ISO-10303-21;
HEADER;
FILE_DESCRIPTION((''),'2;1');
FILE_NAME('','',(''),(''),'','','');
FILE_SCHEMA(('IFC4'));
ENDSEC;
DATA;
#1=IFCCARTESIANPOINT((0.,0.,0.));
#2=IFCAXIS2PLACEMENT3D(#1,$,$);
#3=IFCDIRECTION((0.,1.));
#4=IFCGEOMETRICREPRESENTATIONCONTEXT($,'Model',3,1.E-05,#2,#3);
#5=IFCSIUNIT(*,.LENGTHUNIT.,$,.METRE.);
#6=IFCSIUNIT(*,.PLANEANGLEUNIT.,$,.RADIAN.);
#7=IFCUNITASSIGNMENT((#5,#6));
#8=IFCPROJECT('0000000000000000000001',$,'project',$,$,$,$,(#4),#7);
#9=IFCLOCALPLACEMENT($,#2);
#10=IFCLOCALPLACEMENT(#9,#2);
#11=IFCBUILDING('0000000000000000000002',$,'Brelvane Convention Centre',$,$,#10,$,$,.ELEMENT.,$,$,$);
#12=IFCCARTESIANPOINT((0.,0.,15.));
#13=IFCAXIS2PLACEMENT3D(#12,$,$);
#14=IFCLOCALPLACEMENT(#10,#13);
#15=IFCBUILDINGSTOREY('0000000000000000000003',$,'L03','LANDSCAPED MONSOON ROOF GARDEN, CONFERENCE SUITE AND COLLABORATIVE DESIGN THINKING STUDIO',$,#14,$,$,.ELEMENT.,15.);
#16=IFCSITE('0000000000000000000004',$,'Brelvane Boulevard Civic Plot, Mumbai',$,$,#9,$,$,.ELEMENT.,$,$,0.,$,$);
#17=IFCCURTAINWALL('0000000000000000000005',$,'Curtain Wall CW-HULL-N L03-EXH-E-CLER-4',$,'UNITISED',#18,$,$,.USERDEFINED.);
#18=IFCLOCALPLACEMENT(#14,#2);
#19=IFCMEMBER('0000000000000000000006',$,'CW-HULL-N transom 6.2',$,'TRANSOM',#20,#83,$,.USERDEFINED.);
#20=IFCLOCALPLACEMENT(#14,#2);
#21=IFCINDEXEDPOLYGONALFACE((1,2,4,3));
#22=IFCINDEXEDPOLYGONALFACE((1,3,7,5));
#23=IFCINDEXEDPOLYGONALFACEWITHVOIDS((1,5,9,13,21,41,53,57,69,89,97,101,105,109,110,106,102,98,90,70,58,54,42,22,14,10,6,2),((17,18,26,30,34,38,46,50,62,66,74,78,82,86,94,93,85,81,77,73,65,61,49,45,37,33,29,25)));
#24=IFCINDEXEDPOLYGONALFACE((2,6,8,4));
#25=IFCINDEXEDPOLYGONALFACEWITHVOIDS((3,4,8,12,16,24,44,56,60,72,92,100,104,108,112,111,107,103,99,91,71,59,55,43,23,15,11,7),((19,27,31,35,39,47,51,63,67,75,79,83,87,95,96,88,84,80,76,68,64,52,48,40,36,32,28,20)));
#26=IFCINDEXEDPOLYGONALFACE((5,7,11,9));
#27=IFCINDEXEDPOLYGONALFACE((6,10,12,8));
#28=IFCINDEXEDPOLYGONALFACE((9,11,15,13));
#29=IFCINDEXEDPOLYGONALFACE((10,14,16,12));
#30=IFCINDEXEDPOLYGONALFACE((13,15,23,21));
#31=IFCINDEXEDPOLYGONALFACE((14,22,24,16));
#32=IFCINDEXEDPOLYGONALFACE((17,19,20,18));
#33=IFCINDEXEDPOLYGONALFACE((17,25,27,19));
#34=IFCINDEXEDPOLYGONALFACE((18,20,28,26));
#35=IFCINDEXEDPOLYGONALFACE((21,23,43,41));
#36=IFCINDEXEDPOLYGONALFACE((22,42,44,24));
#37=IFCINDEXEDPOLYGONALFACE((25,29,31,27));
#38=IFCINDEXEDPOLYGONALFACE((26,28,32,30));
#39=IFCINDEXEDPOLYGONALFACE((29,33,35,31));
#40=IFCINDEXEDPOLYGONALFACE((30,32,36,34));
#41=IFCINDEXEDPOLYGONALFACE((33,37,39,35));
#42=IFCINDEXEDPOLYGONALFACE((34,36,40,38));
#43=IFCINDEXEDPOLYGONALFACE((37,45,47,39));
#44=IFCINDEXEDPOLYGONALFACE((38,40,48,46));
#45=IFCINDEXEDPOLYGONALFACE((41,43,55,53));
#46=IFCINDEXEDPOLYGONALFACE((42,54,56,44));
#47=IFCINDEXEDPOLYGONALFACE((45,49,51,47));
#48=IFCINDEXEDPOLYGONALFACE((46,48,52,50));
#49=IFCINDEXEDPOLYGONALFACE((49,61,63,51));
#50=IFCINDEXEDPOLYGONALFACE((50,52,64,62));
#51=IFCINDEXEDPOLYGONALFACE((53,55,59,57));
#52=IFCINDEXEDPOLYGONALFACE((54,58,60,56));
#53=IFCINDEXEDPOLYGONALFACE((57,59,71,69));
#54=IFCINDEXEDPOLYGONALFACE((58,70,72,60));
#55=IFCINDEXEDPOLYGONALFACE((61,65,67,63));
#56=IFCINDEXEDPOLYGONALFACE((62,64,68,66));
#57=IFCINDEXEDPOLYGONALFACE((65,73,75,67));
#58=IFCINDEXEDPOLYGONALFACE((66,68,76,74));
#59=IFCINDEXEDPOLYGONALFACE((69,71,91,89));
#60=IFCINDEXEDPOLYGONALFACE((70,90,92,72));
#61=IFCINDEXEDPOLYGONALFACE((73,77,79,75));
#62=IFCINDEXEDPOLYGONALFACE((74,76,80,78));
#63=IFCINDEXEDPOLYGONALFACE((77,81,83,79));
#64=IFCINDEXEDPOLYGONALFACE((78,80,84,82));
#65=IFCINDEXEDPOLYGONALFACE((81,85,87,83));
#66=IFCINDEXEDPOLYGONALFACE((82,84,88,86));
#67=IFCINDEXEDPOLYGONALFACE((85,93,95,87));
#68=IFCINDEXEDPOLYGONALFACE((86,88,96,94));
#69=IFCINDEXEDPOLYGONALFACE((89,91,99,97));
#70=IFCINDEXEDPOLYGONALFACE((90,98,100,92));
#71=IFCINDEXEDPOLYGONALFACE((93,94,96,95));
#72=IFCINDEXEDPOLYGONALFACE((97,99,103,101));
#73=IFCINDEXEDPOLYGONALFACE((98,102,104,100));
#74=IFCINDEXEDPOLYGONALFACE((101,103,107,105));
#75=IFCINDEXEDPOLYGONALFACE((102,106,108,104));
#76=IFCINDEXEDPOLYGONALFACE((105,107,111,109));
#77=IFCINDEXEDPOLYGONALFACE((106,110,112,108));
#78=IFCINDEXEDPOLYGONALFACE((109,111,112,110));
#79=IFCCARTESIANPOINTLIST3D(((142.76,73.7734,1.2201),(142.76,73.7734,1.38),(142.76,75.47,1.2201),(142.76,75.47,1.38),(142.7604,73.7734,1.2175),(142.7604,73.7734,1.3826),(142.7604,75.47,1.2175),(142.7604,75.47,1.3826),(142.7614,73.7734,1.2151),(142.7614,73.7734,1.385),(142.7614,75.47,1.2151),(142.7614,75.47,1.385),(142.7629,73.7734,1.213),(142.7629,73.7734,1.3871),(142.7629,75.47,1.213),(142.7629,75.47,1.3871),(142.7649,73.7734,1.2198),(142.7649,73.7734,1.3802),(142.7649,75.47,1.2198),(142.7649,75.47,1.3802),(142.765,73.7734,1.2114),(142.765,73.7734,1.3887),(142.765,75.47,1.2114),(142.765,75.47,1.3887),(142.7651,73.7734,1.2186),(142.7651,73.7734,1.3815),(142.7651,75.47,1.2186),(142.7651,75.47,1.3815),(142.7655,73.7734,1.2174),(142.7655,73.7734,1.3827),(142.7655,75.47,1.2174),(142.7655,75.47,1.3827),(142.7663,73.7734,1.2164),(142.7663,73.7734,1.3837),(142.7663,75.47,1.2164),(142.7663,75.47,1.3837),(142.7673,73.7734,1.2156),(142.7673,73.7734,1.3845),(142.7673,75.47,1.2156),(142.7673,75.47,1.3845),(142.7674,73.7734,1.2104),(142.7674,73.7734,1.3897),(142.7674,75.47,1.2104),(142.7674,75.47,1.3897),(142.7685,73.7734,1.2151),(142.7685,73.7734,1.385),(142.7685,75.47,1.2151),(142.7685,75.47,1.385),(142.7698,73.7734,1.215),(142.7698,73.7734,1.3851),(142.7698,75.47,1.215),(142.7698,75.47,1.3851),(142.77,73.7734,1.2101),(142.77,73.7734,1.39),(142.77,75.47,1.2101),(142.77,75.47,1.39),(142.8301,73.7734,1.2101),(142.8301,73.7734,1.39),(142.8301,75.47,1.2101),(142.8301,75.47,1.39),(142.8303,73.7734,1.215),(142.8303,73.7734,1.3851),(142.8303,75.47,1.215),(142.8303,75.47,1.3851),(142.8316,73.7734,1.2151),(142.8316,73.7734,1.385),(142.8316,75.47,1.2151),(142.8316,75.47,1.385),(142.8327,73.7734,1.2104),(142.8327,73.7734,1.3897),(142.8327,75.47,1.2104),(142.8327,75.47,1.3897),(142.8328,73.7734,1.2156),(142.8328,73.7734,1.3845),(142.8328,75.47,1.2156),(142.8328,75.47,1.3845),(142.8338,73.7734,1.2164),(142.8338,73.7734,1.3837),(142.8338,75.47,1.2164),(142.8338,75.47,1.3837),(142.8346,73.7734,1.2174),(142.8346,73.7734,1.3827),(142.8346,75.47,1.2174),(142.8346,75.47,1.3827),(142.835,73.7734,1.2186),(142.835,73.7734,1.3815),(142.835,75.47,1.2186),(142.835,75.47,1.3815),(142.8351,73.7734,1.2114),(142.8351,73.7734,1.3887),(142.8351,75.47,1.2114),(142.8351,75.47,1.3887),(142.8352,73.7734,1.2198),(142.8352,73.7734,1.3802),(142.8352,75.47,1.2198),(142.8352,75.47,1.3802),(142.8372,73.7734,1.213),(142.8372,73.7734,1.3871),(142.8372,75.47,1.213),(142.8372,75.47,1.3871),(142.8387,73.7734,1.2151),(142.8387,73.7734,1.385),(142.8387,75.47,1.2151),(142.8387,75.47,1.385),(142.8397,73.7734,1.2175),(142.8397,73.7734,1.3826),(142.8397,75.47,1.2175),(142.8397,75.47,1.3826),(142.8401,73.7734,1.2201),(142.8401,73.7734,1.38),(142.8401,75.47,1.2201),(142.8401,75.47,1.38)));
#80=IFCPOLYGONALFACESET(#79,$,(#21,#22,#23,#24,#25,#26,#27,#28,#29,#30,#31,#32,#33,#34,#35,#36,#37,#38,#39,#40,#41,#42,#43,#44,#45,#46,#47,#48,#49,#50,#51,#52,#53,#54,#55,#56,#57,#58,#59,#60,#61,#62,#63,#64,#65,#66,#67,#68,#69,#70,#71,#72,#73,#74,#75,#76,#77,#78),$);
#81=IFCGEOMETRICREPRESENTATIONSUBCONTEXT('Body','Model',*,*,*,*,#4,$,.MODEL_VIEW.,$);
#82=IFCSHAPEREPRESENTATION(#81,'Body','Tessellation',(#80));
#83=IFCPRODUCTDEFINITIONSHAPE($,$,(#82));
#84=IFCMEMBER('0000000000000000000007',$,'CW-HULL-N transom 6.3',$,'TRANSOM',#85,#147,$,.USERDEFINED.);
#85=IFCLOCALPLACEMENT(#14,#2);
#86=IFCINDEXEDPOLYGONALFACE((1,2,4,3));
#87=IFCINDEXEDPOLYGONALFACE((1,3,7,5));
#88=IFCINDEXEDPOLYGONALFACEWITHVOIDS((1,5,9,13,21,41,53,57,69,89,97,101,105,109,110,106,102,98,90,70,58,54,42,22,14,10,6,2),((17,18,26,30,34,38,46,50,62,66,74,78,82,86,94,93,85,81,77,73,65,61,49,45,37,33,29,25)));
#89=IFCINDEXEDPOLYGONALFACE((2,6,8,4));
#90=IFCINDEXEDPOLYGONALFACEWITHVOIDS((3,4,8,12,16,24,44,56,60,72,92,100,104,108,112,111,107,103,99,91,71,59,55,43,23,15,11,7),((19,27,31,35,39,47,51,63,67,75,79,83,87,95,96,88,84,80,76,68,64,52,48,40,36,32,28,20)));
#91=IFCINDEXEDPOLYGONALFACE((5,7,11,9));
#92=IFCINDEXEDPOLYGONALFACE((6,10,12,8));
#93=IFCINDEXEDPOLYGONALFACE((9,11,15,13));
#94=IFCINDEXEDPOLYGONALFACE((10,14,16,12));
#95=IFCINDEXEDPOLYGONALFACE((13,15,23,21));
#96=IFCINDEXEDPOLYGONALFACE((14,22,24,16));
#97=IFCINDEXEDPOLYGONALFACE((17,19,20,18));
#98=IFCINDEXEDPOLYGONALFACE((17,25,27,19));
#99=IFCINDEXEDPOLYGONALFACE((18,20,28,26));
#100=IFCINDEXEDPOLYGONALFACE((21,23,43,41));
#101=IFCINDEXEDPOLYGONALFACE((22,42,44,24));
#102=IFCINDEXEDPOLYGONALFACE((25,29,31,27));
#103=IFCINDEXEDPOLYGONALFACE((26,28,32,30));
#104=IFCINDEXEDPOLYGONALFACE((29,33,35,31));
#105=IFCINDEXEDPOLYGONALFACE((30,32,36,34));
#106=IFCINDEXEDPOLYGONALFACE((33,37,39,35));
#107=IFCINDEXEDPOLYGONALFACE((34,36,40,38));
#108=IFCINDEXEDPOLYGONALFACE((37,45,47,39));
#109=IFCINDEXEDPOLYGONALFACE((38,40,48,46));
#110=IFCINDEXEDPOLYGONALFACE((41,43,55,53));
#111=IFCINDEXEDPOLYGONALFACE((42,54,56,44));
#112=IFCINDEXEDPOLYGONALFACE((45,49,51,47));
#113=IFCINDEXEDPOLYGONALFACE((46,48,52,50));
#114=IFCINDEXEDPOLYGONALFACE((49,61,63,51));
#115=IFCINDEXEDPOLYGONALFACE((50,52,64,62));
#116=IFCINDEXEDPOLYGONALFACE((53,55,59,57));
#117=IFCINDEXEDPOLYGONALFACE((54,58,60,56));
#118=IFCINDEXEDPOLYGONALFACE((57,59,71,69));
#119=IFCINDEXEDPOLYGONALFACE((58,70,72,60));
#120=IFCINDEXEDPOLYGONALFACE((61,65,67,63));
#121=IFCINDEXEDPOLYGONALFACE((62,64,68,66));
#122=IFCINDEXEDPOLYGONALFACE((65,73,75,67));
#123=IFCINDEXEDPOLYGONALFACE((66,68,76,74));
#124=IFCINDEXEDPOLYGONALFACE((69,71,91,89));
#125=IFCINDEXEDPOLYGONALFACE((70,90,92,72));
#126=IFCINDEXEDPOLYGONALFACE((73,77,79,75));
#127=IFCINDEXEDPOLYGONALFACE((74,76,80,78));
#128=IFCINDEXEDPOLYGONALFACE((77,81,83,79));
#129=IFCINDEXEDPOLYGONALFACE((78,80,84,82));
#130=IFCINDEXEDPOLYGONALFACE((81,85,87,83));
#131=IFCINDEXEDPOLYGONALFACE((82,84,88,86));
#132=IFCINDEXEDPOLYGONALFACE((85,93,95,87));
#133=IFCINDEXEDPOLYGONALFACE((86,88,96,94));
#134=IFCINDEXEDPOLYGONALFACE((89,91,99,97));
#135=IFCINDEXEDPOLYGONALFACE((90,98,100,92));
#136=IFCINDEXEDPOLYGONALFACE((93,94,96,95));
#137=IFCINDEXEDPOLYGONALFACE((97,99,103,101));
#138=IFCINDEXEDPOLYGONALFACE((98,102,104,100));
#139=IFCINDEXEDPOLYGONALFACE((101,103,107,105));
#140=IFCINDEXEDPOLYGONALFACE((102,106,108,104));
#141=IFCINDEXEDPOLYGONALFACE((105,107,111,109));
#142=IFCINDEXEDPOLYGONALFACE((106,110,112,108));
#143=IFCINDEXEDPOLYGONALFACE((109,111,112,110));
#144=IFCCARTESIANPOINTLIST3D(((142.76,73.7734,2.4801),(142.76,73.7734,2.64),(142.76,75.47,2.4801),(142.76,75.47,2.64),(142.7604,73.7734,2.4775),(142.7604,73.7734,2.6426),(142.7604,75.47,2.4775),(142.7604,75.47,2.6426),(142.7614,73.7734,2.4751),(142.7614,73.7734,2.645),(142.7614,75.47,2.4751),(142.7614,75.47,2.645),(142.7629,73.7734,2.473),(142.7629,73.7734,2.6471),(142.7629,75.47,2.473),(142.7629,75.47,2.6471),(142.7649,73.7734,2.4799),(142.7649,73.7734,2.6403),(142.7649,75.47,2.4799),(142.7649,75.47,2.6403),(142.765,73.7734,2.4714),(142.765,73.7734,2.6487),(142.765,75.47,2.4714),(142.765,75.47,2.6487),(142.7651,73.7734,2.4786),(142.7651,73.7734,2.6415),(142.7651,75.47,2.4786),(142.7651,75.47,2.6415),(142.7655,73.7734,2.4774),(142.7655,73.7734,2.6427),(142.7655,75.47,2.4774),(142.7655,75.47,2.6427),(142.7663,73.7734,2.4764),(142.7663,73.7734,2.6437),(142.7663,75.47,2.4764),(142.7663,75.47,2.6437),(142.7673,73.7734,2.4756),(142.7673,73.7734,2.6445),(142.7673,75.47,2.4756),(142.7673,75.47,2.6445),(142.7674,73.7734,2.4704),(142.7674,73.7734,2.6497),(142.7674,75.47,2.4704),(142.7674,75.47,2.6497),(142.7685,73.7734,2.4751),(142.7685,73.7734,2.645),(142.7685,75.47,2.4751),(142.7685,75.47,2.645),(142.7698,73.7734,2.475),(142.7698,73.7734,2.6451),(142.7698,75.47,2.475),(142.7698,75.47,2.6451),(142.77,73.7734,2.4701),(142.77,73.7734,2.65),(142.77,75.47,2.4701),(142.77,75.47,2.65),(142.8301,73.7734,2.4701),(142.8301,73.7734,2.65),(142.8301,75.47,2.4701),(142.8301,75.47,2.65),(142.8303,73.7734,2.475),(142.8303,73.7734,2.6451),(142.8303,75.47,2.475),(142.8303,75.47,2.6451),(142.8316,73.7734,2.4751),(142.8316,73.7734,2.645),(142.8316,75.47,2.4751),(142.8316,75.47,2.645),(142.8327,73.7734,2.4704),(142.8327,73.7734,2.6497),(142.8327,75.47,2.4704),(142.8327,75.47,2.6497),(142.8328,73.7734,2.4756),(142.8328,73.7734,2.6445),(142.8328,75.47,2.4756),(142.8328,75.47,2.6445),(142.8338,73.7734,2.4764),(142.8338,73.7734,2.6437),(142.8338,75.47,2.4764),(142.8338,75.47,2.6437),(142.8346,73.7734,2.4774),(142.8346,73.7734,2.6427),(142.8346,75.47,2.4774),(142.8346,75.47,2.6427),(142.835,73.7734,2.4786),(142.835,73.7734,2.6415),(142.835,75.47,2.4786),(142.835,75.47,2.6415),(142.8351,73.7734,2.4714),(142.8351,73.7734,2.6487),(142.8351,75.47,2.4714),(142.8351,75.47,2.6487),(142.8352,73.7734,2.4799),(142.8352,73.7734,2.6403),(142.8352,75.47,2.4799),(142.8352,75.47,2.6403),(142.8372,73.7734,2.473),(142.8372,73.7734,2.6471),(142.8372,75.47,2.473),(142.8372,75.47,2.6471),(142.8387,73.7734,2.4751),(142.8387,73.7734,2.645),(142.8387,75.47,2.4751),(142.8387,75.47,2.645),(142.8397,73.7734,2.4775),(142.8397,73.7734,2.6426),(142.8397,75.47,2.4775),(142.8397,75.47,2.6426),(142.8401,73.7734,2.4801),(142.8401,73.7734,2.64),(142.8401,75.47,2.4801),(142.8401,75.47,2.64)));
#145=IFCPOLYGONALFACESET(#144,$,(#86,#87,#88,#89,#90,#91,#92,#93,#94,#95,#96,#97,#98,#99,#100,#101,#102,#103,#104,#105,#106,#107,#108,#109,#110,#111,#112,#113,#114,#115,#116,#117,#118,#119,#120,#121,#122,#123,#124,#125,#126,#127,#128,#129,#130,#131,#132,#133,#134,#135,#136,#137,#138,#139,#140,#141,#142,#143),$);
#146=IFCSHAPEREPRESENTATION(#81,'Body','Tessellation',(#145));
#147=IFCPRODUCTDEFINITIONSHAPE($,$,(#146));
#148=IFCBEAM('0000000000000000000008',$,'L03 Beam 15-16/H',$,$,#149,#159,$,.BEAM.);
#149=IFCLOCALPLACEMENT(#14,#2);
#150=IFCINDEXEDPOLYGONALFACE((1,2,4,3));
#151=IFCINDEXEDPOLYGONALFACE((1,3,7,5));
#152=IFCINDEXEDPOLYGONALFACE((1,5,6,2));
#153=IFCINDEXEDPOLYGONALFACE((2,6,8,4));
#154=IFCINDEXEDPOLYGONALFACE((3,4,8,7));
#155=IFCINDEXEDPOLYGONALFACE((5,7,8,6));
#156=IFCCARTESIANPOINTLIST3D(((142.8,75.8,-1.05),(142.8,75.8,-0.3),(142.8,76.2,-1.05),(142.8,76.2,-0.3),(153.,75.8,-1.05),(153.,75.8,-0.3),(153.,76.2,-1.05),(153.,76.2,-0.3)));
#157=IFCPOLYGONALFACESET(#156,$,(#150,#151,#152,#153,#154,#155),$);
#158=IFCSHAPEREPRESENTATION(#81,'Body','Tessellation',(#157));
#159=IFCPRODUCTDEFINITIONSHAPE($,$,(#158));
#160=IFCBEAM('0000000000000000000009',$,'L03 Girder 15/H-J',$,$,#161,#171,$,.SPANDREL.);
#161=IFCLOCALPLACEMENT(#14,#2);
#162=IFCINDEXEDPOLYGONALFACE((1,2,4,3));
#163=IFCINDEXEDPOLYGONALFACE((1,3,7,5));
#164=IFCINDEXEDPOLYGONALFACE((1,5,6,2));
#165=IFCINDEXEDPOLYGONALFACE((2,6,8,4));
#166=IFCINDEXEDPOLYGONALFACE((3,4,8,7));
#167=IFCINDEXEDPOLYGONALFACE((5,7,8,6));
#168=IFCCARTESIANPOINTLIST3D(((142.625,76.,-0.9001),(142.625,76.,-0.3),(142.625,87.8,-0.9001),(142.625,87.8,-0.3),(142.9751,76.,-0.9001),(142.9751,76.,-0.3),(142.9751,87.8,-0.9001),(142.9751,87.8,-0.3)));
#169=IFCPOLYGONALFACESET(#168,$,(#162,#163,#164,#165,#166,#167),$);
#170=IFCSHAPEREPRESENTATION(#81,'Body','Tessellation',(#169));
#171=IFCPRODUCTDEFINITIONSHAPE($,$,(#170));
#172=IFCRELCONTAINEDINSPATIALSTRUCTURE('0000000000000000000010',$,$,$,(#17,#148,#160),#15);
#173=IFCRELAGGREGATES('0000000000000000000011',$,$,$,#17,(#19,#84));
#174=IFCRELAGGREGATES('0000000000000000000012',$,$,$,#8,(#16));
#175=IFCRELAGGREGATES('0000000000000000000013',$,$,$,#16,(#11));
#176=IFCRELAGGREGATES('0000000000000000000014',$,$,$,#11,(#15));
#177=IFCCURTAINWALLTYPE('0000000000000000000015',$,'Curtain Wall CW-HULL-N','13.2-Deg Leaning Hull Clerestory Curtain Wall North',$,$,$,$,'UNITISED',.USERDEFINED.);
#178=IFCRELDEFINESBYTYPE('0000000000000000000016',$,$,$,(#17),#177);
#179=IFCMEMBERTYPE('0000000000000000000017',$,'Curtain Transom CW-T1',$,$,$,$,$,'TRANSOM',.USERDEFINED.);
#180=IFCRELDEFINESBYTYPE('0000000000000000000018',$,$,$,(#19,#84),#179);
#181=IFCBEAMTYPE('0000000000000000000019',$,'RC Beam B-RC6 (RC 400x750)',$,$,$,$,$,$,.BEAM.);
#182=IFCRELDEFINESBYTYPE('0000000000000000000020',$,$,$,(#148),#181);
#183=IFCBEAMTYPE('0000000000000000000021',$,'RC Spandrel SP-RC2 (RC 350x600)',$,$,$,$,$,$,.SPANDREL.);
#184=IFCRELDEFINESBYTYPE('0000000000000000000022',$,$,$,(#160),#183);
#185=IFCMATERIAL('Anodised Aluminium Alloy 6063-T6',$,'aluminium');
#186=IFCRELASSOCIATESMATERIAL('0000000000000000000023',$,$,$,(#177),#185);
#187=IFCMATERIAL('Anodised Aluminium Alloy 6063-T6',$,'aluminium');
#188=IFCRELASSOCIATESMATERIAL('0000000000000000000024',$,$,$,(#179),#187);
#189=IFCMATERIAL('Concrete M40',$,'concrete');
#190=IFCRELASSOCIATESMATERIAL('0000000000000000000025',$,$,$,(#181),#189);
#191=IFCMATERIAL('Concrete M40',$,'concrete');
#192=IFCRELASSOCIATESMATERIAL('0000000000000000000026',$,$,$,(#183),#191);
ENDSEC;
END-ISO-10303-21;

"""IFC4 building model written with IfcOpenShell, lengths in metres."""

from ifc_helpers import new_model, si_unit, direction, frame, origin, origin_2d, place, context, subcontext, project, spatial, rectangle, hollow_rectangle, extrude, material, material_profile, profile_set, type_object, element, aggregate, save


model = new_model("IFC4")

# Units and contexts
model_context = context("Model", 3, precision=1e-05, world=origin(), true_north=direction((0.0, 1.0)))
body_context = subcontext(model_context, "Body", "Model", "MODEL_VIEW")
ifc_project = project(units=[si_unit("LENGTHUNIT", "METRE"), si_unit("PLANEANGLEUNIT", "RADIAN")], contexts=[model_context])

# Site, building, storey
site_placement = place(None, origin())
site = spatial("IfcSite", under=ifc_project, at=site_placement, Name="Brelvane Boulevard Civic Plot, Mumbai", CompositionType="ELEMENT", RefElevation=0.0)
building_placement = place(site_placement, origin())
building = spatial("IfcBuilding", under=site, at=building_placement, Name="Brelvane Convention Centre", CompositionType="ELEMENT")
storey_placement = place(building_placement, frame((0.0, 0.0, 15.0)))
storey = spatial("IfcBuildingStorey", under=building, at=storey_placement, Name="L03", Description="LANDSCAPED MONSOON ROOF GARDEN, CONFERENCE SUITE AND COLLABORATIVE DESIGN THINKING STUDIO", CompositionType="ELEMENT", Elevation=15.0)

# Curtain wall, members
ifc_material_1 = material(Name="Anodised Aluminium Alloy 6063-T6", Category="aluminium")
curtain_wall_type = type_object("IfcCurtainWallType", Name="Curtain Wall CW-HULL-N", Description="13.2-Deg Leaning Hull Clerestory Curtain Wall North", ElementType="UNITISED", PredefinedType="USERDEFINED", material=ifc_material_1)
curtain_wall_placement = place(storey_placement, origin())
curtain_wall = element("IfcCurtainWall", 1, at=curtain_wall_placement, inside=storey, type_object=curtain_wall_type, Name="Curtain Wall CW-HULL-N L03-EXH-E-CLER-4", ObjectType="UNITISED", PredefinedType="USERDEFINED")
ifc_material_2 = material(Name="Anodised Aluminium Alloy 6063-T6", Category="aluminium")
ifc_material_profile_1 = material_profile(ifc_material_2, hollow_rectangle(XDim=0.0801, YDim=0.1799, WallThickness=0.0049, InnerFilletRadius=0.0049, OuterFilletRadius=0.01, at=origin_2d()), Name="ALU-T 180x80x5.0")
ifc_profile_set_1 = profile_set([ifc_material_profile_1], Name="Anodised Aluminium Alloy 6063-T6")
member_type_1 = type_object("IfcMemberType", Name="Curtain Transom CW-T1", ElementType="TRANSOM", PredefinedType="USERDEFINED", material=ifc_profile_set_1)
member_1_placement = place(storey_placement, frame((142.8, 73.7734, 1.3), z_axis=(0.0, 1.0, 0.0), x_axis=(-1.0, 0.0, 0.0)))
member_1 = element("IfcMember", 2, at=member_1_placement, type_object=member_type_1, Name="CW-HULL-N transom 6.2", ObjectType="TRANSOM", PredefinedType="USERDEFINED", context=body_context, shape_type="SweptSolid", body=[
    extrude(hollow_rectangle(XDim=0.0801, YDim=0.1799, WallThickness=0.0049, InnerFilletRadius=0.0049, OuterFilletRadius=0.01, at=origin_2d()), origin(), (0.0, 0.0, 1.0), 1.6965),
])
member_2_placement = place(storey_placement, frame((142.8, 73.7734, 2.5601), z_axis=(0.0, 1.0, 0.0), x_axis=(-1.0, 0.0, 0.0)))
member_2 = element("IfcMember", 3, at=member_2_placement, type_object=member_type_1, Name="CW-HULL-N transom 6.3", ObjectType="TRANSOM", PredefinedType="USERDEFINED", context=body_context, shape_type="SweptSolid", body=[
    extrude(hollow_rectangle(XDim=0.0801, YDim=0.1799, WallThickness=0.0049, InnerFilletRadius=0.0049, OuterFilletRadius=0.01, at=origin_2d()), origin(), (0.0, 0.0, 1.0), 1.6965),
])

# Beams
ifc_material_3 = material(Name="Concrete M40", Category="concrete")
ifc_material_profile_2 = material_profile(ifc_material_3, rectangle(XDim=0.3999, YDim=0.75, at=origin_2d()), Name="RC 400x750")
ifc_profile_set_2 = profile_set([ifc_material_profile_2], Name="Concrete M40")
beam_type_1 = type_object("IfcBeamType", Name="RC Beam B-RC6 (RC 400x750)", PredefinedType="BEAM", material=ifc_profile_set_2)
beam_1_placement = place(storey_placement, frame((142.8, 76.0, -0.675), z_axis=(1.0, 0.0, 0.0), x_axis=(0.0, 1.0, 0.0)))
element("IfcBeam", 4, at=beam_1_placement, inside=storey, type_object=beam_type_1, Name="L03 Beam 15-16/H", PredefinedType="BEAM", context=body_context, shape_type="SweptSolid", body=[
    extrude(rectangle(XDim=0.3999, YDim=0.75, at=origin_2d()), origin(), (0.0, 0.0, 1.0), 10.2),
])
ifc_material_4 = material(Name="Concrete M40", Category="concrete")
ifc_material_profile_3 = material_profile(ifc_material_4, rectangle(XDim=0.3501, YDim=0.6001, at=origin_2d()), Name="RC 350x600")
ifc_profile_set_3 = profile_set([ifc_material_profile_3], Name="Concrete M40")
beam_type_2 = type_object("IfcBeamType", Name="RC Spandrel SP-RC2 (RC 350x600)", PredefinedType="SPANDREL", material=ifc_profile_set_3)
beam_2_placement = place(storey_placement, frame((142.8, 76.0, -0.6001), z_axis=(0.0, 1.0, 0.0), x_axis=(-1.0, 0.0, 0.0)))
element("IfcBeam", 5, at=beam_2_placement, inside=storey, type_object=beam_type_2, Name="L03 Girder 15/H-J", PredefinedType="SPANDREL", context=body_context, shape_type="SweptSolid", body=[
    extrude(rectangle(XDim=0.3501, YDim=0.6001, at=origin_2d()), origin(), (0.0, 0.0, 1.0), 11.8),
])

aggregate(curtain_wall, [member_1, member_2])

save(model, "model.ifc")
